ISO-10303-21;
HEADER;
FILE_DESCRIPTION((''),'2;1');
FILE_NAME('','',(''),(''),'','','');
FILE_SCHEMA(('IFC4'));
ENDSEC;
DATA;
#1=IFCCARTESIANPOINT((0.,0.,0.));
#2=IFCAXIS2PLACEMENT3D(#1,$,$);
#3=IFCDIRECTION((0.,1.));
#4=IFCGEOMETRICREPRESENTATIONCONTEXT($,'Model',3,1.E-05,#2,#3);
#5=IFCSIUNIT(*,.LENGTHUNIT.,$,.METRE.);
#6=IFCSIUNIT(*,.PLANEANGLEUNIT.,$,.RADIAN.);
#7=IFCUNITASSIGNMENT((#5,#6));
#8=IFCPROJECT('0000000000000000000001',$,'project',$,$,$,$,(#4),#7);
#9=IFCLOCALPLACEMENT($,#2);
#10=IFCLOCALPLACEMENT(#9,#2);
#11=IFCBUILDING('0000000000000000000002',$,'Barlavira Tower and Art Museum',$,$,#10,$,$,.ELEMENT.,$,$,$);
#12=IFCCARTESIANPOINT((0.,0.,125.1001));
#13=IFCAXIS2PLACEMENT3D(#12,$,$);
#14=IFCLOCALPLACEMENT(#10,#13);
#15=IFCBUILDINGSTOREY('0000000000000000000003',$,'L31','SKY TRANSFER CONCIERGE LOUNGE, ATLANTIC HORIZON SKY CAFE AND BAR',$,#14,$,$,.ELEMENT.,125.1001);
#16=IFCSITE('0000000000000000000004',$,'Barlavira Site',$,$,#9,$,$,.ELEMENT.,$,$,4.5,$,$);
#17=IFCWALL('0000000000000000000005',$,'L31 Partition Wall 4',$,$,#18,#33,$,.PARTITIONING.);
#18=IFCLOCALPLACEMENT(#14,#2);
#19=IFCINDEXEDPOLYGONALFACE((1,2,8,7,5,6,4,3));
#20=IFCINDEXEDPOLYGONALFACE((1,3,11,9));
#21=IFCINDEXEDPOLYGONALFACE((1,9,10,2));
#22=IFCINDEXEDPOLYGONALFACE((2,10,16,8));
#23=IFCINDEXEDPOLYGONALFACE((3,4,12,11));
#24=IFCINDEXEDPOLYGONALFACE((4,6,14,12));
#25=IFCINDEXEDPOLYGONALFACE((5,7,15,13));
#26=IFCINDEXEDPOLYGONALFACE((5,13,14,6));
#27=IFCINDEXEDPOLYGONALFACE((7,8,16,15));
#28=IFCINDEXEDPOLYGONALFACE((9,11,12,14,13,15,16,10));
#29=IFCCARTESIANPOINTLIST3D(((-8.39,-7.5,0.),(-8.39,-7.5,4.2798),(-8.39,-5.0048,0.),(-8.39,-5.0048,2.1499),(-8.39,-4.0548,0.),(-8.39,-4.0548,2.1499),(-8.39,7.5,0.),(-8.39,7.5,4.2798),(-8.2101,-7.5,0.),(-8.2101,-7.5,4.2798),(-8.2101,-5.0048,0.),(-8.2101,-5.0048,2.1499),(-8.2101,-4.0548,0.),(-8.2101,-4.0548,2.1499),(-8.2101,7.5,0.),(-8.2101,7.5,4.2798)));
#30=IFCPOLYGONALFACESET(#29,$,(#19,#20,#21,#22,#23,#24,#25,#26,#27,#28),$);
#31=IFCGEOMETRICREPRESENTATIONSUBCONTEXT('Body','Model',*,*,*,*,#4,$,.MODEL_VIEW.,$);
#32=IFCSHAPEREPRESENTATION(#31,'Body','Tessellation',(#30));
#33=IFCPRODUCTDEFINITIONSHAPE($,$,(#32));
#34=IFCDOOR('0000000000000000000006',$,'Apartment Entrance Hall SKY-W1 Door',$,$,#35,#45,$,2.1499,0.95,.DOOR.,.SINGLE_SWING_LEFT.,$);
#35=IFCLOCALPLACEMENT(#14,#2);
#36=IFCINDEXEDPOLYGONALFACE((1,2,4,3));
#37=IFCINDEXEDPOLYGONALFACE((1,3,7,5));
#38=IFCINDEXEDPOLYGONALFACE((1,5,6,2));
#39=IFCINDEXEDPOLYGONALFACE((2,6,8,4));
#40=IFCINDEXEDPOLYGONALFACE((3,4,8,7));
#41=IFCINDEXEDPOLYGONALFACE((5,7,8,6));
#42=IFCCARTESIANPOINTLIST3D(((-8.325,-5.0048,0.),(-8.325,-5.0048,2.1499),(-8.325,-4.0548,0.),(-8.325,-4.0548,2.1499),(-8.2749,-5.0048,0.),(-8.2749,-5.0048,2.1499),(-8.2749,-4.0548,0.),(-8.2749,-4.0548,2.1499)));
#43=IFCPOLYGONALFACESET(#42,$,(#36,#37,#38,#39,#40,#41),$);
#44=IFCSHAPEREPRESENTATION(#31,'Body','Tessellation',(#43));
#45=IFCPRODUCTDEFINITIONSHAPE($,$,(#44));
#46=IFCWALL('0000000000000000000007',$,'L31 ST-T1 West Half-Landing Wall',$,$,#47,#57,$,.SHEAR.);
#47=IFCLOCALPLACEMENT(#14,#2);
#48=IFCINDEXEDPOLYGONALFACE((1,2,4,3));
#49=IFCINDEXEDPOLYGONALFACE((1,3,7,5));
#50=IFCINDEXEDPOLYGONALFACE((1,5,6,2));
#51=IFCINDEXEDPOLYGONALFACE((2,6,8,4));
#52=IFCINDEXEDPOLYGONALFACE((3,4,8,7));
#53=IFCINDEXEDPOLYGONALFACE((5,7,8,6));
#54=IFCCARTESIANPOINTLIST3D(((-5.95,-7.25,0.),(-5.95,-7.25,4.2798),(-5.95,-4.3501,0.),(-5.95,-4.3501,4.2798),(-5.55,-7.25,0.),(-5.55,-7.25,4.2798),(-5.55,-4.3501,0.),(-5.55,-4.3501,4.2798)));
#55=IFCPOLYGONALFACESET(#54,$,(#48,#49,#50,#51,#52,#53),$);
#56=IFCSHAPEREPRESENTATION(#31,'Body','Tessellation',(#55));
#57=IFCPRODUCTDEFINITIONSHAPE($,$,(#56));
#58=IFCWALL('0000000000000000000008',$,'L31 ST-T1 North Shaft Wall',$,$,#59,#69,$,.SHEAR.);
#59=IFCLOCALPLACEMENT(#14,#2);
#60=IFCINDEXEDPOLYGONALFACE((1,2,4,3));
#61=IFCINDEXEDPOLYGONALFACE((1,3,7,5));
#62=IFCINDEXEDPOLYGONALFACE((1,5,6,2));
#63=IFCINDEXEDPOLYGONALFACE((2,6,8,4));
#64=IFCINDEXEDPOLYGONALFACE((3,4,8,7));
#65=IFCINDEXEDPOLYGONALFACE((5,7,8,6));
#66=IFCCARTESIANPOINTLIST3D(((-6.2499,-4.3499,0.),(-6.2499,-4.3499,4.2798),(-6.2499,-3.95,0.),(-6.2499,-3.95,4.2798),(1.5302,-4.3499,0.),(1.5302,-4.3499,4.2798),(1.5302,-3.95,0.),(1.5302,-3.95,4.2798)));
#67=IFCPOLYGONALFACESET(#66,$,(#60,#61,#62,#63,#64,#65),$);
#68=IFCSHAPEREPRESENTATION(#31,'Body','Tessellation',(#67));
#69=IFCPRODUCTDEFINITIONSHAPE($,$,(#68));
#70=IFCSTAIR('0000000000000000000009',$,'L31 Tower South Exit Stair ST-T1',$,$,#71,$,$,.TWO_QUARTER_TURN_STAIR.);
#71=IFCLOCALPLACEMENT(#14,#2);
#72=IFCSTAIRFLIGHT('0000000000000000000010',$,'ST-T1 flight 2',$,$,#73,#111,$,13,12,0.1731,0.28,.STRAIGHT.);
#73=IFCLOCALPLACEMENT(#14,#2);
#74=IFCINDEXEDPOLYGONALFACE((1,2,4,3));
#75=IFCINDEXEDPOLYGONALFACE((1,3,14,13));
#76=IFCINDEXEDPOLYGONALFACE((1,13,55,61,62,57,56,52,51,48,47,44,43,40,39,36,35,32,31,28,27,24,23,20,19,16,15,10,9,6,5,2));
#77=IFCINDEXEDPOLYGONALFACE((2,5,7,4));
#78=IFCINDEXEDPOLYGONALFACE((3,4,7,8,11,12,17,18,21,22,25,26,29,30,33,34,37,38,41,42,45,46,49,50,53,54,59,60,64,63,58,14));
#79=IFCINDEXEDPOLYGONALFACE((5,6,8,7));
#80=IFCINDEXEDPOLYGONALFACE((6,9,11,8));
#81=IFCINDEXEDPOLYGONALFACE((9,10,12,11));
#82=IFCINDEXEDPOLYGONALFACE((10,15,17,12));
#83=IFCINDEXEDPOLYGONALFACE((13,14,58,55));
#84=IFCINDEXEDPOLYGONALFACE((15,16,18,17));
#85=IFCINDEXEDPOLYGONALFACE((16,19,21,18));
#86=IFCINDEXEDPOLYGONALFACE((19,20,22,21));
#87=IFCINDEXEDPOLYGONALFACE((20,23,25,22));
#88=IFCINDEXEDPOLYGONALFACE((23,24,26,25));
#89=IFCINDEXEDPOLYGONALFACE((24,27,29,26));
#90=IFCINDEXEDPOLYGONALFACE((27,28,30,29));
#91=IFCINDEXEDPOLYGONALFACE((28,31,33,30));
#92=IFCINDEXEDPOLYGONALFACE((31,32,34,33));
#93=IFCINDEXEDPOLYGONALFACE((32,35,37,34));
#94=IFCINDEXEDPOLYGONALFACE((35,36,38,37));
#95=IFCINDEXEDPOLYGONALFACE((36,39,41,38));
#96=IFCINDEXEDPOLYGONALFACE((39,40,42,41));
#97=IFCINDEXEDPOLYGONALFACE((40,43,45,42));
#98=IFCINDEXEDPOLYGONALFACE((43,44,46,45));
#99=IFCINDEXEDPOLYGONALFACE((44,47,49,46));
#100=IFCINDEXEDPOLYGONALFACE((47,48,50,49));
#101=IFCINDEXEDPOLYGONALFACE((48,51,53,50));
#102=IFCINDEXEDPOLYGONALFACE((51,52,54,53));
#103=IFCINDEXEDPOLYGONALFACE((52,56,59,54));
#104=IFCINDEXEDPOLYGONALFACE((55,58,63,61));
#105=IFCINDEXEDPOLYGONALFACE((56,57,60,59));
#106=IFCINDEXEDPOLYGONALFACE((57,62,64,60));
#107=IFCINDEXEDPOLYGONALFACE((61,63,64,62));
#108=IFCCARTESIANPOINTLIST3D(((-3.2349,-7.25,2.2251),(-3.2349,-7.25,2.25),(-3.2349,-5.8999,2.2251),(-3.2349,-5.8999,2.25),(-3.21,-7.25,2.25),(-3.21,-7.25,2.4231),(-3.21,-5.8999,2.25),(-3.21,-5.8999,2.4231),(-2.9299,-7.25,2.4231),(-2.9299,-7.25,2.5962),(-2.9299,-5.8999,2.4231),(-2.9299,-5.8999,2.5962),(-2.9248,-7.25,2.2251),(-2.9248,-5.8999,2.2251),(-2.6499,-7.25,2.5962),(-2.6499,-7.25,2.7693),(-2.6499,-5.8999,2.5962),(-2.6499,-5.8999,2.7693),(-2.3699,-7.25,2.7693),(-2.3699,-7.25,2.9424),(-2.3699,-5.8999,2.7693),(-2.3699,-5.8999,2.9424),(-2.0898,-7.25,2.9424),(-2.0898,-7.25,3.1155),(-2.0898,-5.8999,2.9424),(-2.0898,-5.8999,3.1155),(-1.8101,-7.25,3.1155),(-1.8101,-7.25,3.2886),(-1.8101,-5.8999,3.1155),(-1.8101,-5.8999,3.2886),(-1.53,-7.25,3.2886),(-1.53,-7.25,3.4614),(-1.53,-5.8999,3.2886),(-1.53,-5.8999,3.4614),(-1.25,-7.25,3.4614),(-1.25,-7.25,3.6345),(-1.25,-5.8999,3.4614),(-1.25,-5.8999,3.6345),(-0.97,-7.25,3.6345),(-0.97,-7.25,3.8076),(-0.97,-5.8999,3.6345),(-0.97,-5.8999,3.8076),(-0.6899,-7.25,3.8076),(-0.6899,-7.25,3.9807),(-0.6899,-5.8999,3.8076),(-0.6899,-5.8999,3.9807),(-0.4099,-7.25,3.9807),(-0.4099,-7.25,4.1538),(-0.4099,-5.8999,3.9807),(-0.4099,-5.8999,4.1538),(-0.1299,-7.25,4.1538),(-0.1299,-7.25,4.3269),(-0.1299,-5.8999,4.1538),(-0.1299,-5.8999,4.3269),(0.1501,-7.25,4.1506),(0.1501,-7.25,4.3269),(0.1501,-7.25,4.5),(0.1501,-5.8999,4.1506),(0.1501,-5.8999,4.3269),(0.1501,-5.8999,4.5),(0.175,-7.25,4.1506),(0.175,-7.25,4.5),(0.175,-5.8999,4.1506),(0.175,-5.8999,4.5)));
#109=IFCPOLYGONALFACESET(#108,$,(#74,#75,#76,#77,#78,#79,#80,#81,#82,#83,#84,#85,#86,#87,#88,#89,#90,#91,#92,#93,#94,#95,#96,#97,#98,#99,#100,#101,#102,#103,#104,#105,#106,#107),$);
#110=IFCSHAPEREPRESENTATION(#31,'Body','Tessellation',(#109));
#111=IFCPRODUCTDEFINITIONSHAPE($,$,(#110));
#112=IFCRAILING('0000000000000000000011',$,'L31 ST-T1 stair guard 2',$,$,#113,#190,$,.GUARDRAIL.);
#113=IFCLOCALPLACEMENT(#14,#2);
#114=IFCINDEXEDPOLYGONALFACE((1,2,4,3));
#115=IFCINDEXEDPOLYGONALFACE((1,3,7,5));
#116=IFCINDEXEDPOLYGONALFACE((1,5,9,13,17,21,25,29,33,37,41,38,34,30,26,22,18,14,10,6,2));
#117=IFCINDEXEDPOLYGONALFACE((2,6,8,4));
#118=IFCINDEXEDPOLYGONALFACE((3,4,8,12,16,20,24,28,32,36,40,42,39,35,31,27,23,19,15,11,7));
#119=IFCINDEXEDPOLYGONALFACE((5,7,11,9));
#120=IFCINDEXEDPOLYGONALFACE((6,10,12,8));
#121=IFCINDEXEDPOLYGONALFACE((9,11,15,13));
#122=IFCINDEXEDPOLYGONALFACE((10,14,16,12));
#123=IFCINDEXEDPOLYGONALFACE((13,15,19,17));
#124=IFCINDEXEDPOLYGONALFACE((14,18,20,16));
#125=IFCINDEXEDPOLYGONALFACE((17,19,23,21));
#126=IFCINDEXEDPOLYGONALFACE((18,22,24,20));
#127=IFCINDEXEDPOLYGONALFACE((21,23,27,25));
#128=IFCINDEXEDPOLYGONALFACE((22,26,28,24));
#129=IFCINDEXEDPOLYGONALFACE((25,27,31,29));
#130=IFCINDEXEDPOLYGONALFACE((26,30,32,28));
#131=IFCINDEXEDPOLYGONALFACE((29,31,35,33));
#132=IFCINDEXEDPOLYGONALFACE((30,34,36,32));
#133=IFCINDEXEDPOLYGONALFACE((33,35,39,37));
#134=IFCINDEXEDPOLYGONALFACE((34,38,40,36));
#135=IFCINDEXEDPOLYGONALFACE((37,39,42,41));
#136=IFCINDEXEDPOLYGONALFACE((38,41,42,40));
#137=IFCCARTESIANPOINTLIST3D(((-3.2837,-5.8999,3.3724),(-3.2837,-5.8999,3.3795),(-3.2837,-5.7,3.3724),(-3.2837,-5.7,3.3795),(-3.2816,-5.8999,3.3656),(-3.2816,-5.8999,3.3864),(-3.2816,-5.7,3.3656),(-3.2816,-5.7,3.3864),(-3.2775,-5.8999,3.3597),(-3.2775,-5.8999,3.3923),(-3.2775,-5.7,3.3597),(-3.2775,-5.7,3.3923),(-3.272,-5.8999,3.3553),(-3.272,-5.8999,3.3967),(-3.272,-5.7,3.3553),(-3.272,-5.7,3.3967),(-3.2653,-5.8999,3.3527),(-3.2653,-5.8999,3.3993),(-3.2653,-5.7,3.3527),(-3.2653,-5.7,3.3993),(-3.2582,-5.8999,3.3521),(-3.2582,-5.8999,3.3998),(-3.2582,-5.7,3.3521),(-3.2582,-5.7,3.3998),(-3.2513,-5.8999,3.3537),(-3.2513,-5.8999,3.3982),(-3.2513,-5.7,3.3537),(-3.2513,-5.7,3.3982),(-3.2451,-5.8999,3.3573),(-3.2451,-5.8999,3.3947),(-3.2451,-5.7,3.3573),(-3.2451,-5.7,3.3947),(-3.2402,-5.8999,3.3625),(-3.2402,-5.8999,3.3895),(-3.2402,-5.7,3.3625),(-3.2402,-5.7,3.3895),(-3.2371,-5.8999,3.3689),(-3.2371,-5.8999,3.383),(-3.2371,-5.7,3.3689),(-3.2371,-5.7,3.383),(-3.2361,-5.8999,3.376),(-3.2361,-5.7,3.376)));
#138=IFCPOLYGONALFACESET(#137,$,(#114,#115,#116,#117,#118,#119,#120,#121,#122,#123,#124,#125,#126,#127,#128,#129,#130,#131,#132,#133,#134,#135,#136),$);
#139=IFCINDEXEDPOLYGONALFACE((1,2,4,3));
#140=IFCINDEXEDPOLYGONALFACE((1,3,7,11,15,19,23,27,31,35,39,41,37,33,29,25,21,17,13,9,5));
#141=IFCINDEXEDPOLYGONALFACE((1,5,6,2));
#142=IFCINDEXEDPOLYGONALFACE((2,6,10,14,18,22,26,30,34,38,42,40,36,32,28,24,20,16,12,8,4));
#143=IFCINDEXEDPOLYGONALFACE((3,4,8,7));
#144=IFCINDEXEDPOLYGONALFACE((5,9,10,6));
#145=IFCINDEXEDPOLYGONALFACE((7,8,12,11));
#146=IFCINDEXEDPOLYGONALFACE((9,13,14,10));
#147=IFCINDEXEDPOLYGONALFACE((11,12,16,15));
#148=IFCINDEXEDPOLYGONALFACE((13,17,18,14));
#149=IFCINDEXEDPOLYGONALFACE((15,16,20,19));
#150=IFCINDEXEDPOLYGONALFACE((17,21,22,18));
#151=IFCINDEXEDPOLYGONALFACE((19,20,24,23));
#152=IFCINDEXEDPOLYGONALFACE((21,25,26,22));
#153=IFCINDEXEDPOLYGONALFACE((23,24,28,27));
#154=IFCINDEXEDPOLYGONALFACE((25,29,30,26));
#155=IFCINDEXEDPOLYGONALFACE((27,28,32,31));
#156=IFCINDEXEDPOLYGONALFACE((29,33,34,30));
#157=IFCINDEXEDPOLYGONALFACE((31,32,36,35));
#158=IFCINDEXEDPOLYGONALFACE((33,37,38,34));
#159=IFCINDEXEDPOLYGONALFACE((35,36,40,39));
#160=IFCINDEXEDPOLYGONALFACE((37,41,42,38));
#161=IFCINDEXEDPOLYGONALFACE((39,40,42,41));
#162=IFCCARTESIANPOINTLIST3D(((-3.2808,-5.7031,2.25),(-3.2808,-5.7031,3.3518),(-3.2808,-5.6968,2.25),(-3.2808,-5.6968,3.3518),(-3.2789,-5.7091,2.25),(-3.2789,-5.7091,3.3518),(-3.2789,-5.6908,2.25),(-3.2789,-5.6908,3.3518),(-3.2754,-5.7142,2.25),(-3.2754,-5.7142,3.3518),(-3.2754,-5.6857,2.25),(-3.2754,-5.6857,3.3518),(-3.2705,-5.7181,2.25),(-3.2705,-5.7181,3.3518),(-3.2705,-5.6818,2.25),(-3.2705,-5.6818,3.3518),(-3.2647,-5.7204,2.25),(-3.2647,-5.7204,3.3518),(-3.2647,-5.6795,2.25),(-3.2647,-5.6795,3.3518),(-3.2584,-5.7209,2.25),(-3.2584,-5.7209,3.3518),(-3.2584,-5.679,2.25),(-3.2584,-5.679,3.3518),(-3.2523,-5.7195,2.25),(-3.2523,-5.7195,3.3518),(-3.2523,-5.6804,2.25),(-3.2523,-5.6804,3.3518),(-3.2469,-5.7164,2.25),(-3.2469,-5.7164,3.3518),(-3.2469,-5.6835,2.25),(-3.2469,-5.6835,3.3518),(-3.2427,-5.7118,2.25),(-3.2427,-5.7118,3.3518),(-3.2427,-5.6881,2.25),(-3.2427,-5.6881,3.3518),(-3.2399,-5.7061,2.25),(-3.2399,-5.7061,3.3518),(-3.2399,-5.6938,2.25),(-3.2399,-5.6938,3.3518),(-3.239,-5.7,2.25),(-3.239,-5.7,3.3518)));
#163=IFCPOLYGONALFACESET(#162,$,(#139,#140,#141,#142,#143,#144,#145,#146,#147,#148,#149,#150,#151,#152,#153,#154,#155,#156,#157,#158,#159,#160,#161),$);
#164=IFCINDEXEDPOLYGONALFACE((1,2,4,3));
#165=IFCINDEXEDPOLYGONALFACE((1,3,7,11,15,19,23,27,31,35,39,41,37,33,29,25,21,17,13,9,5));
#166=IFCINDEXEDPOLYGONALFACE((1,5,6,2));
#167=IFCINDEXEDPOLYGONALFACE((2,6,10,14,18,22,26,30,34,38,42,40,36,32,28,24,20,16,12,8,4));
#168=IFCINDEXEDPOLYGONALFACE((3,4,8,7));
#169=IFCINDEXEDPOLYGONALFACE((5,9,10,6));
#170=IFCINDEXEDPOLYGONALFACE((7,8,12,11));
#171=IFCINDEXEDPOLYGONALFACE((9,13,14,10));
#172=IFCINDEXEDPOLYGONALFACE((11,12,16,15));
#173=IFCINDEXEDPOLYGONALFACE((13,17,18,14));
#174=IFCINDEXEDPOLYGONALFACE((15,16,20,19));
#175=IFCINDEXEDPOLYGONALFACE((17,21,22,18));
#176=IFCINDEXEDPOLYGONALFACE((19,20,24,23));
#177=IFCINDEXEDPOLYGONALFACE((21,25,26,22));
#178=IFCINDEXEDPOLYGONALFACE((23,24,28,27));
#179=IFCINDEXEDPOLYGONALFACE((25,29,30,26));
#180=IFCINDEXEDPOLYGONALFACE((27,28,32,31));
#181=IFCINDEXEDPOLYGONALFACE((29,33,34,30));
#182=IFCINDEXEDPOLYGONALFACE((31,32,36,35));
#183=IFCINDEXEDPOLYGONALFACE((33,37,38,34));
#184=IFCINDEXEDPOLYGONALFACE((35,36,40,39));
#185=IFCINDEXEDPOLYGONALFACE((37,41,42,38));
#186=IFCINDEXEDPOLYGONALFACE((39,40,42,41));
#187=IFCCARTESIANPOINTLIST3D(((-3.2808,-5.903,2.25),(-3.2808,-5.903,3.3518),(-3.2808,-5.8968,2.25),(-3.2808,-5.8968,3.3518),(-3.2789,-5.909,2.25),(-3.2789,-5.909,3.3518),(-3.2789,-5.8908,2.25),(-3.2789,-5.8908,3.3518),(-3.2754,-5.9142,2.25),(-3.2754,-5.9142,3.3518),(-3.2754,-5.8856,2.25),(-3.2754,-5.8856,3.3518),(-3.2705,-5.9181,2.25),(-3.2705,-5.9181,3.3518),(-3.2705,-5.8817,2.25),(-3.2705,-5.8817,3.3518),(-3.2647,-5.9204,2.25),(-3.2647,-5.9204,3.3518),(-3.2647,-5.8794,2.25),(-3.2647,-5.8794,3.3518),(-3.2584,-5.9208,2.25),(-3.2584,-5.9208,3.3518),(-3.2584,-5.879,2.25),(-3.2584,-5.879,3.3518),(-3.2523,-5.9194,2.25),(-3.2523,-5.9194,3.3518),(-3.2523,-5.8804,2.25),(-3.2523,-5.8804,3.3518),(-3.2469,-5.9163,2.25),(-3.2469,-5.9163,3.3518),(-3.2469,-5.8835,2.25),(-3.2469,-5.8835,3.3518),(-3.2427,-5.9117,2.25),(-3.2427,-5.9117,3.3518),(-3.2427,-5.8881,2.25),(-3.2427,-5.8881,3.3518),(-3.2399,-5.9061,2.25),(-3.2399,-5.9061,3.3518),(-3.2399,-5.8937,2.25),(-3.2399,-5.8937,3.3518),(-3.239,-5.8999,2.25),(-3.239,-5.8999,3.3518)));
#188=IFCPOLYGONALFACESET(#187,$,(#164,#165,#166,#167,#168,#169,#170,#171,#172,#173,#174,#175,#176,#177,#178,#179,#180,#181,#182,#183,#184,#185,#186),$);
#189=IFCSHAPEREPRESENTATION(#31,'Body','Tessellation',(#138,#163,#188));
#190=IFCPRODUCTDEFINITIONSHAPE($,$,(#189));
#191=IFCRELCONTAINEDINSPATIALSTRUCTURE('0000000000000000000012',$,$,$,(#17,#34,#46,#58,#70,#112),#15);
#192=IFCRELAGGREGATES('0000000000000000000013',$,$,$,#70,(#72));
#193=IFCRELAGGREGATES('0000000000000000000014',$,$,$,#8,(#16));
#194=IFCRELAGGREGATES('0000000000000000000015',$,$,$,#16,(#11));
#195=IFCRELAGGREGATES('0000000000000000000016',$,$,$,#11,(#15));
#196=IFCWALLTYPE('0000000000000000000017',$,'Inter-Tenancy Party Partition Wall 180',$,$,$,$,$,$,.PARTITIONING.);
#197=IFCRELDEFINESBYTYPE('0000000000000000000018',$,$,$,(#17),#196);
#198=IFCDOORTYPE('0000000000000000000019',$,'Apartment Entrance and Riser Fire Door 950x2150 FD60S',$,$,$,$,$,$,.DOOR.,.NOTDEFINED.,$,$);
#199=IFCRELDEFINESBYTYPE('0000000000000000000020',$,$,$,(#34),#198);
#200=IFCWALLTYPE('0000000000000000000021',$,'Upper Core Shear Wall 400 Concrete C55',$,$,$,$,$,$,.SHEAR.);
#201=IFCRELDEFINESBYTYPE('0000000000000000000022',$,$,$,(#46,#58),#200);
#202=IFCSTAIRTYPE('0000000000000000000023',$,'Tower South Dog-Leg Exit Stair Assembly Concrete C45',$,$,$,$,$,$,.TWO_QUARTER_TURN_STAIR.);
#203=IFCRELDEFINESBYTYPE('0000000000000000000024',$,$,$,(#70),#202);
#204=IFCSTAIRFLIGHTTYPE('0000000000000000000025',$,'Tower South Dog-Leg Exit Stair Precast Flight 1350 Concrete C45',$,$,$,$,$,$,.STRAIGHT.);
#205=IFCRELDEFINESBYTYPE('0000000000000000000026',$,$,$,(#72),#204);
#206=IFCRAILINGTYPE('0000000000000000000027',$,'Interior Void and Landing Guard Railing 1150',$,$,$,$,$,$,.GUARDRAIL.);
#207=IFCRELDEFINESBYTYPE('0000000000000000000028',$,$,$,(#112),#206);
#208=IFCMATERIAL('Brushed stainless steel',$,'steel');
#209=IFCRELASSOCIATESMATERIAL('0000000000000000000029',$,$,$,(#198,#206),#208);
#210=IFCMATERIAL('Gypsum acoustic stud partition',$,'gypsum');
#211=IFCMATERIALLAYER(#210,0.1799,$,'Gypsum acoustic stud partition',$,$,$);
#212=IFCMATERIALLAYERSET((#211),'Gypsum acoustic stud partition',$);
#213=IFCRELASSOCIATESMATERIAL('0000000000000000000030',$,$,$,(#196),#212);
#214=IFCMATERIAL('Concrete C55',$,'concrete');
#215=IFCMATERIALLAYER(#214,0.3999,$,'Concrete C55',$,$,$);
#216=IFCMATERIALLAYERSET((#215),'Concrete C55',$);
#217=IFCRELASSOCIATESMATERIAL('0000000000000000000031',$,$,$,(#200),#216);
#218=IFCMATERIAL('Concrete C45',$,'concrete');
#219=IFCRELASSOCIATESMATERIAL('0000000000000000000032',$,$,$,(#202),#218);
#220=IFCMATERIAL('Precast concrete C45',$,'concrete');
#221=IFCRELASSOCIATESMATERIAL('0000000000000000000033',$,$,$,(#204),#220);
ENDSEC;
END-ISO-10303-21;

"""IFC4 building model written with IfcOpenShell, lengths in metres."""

from ifc_helpers import new_model, si_unit, direction, frame, frame_2d, origin, origin_2d, place, context, subcontext, project, spatial, polyline, rectangle, circle, outline, extrude, material, layer, layer_set, type_object, element, fill, aggregate, save


model = new_model("IFC4")

# Units and contexts
model_context = context("Model", 3, precision=1e-05, world=origin(), true_north=direction((0.0, 1.0)))
body_context = subcontext(model_context, "Body", "Model", "MODEL_VIEW")
ifc_project = project(units=[si_unit("LENGTHUNIT", "METRE"), si_unit("PLANEANGLEUNIT", "RADIAN")], contexts=[model_context])

# Site, building, storey
site_placement = place(None, origin())
site = spatial("IfcSite", under=ifc_project, at=site_placement, Name="Barlavira Site", CompositionType="ELEMENT", RefElevation=4.5)
building_placement = place(site_placement, origin())
building = spatial("IfcBuilding", under=site, at=building_placement, Name="Barlavira Tower and Art Museum", CompositionType="ELEMENT")
storey_placement = place(building_placement, frame((0.0, 0.0, 125.1001)))
storey = spatial("IfcBuildingStorey", under=building, at=storey_placement, Name="L31", Description="SKY TRANSFER CONCIERGE LOUNGE, ATLANTIC HORIZON SKY CAFE AND BAR", CompositionType="ELEMENT", Elevation=125.1001)

# Shared definitions
ifc_material_1 = material(Name="Brushed stainless steel", Category="steel")

# Shared definitions
door_type_1 = type_object("IfcDoorType", Name="Apartment Entrance and Riser Fire Door 950x2150 FD60S", OperationType="NOTDEFINED", PredefinedType="DOOR", material=ifc_material_1)

# Wall, opening, door
ifc_material_2 = material(Name="Gypsum acoustic stud partition", Category="gypsum")
ifc_layer_1 = layer(ifc_material_2, 0.1799, Name="Gypsum acoustic stud partition")
ifc_layer_set_1 = layer_set([ifc_layer_1], Name="Gypsum acoustic stud partition")
wall_type_1 = type_object("IfcWallType", Name="Inter-Tenancy Party Partition Wall 180", PredefinedType="PARTITIONING", material=ifc_layer_set_1)
wall_1_placement = place(storey_placement, frame((-8.3, -7.5, 0.0), z_axis=(0.0, 0.0, 1.0), x_axis=(0.0, 1.0, 0.0)))
wall_1 = element("IfcWall", 1, at=wall_1_placement, inside=storey, type_object=wall_type_1, Name="L31 Partition Wall 4", PredefinedType="PARTITIONING", context=body_context, shape_type="SweptSolid", body=[
    extrude(rectangle(XDim=15.0, YDim=0.1799, at=frame_2d((7.5, 0.0))), origin(), (0.0, 0.0, 1.0), 4.2798),
])
opening_1_placement = place(wall_1_placement, frame((2.4951, 0.0, 0.0)))
opening_1 = element("IfcOpeningElement", 2, at=opening_1_placement, cuts=wall_1, PredefinedType="OPENING", context=body_context, shape_type="SweptSolid", body=[
    extrude(rectangle(XDim=0.95, YDim=2.1499, at=frame_2d((0.4751, 1.075))), frame((0.0, 0.1001, 0.0), z_axis=(0.0, -1.0, 0.0), x_axis=(1.0, 0.0, 0.0)), (0.0, 0.0, 1.0), 0.2),
])
door_1_placement = place(opening_1_placement, origin())
door_1 = element("IfcDoor", 3, at=door_1_placement, inside=storey, type_object=door_type_1, Name="Apartment Entrance Hall SKY-W1 Door", OperationType="SINGLE_SWING_LEFT", OverallHeight=2.1499, OverallWidth=0.95, PredefinedType="DOOR", context=body_context, shape_type="SweptSolid", body=[
    extrude(rectangle(XDim=0.95, YDim=2.1499, at=frame_2d((0.4751, 1.075))), frame((0.0, 0.0249, 0.0), z_axis=(0.0, -1.0, 0.0), x_axis=(1.0, 0.0, 0.0)), (0.0, 0.0, 1.0), 0.05),
])
fill(opening_1, door_1)

# Walls
ifc_material_3 = material(Name="Concrete C55", Category="concrete")
ifc_layer_2 = layer(ifc_material_3, 0.3999, Name="Concrete C55")
ifc_layer_set_2 = layer_set([ifc_layer_2], Name="Concrete C55")
wall_type_2 = type_object("IfcWallType", Name="Upper Core Shear Wall 400 Concrete C55", PredefinedType="SHEAR", material=ifc_layer_set_2)
wall_2_placement = place(storey_placement, frame((-5.75, -7.25, 0.0), z_axis=(0.0, 0.0, 1.0), x_axis=(0.0, 1.0, 0.0)))
element("IfcWall", 4, at=wall_2_placement, inside=storey, type_object=wall_type_2, Name="L31 ST-T1 West Half-Landing Wall", PredefinedType="SHEAR", context=body_context, shape_type="SweptSolid", body=[
    extrude(rectangle(XDim=2.8999, YDim=0.3999, at=frame_2d((1.45, 0.0))), origin(), (0.0, 0.0, 1.0), 4.2798),
])
wall_3_placement = place(storey_placement, frame((-6.25, -4.1499, 0.0), z_axis=(0.0, 0.0, 1.0), x_axis=(1.0, 0.0, 0.0)))
element("IfcWall", 5, at=wall_3_placement, inside=storey, type_object=wall_type_2, Name="L31 ST-T1 North Shaft Wall", PredefinedType="SHEAR", context=body_context, shape_type="SweptSolid", body=[
    extrude(rectangle(XDim=7.78, YDim=0.3999, at=frame_2d((3.8901, 0.0))), origin(), (0.0, 0.0, 1.0), 4.2798),
])

# Stair, stair flight
ifc_material_4 = material(Name="Concrete C45", Category="concrete")
stair_type = type_object("IfcStairType", Name="Tower South Dog-Leg Exit Stair Assembly Concrete C45", PredefinedType="TWO_QUARTER_TURN_STAIR", material=ifc_material_4)
stair_placement = place(storey_placement, origin())
stair = element("IfcStair", 6, at=stair_placement, inside=storey, type_object=stair_type, Name="L31 Tower South Exit Stair ST-T1", PredefinedType="TWO_QUARTER_TURN_STAIR")
ifc_material_5 = material(Name="Precast concrete C45", Category="concrete")
stair_flight_type = type_object("IfcStairFlightType", Name="Tower South Dog-Leg Exit Stair Precast Flight 1350 Concrete C45", PredefinedType="STRAIGHT", material=ifc_material_5)
stair_flight_placement = place(storey_placement, frame((-3.21, -6.575, 2.25), z_axis=(0.0, 0.0, 1.0), x_axis=(1.0, 0.0, 0.0)))
stair_flight = element("IfcStairFlight", 7, at=stair_flight_placement, type_object=stair_flight_type, Name="ST-T1 flight 2", NumberOfRisers=13, NumberOfTreads=12, PredefinedType="STRAIGHT", RiserHeight=0.1731, TreadLength=0.28, context=body_context, shape_type="SweptSolid", body=[
    extrude(outline(polyline([(-0.0249, 0.0), (0.0, 0.0), (0.0, 0.1731), (0.28, 0.1731), (0.28, 0.3462), (0.5601, 0.3462), (0.5601, 0.5193), (0.8401, 0.5193), (0.8401, 0.6924), (1.1201, 0.6924), (1.1201, 0.8655), (1.3999, 0.8655), (1.3999, 1.0386), (1.6799, 1.0386), (1.6799, 1.2114), (1.96, 1.2114), (1.96, 1.3845), (2.24, 1.3845), (2.24, 1.5576), (2.52, 1.5576), (2.52, 1.7307), (2.8, 1.7307), (2.8, 1.9038), (3.0801, 1.9038), (3.0801, 2.0769), (3.3601, 2.0769), (3.3601, 2.25), (3.385, 2.25), (3.385, 1.9006), (3.3601, 1.9006), (0.2852, -0.0249), (-0.0249, -0.0249), (-0.0249, 0.0)])), frame((0.0, 0.675, 0.0), z_axis=(0.0, -1.0, 0.0), x_axis=(1.0, 0.0, 0.0)), (0.0, 0.0, 1.0), 1.3501),
])
aggregate(stair, [stair_flight])

# Railing
railing_type_1 = type_object("IfcRailingType", Name="Interior Void and Landing Guard Railing 1150", PredefinedType="GUARDRAIL", material=ifc_material_1)
railing_1_placement = place(storey_placement, frame((-3.26, -5.7, 2.25)))
element("IfcRailing", 8, at=railing_1_placement, inside=storey, type_object=railing_type_1, Name="L31 ST-T1 stair guard 2", PredefinedType="GUARDRAIL", context=body_context, shape_type="SweptSolid", body=[
    extrude(circle(Radius=0.0239, at=origin_2d()), frame((0.0, 0.0, 1.126), z_axis=(0.0, -1.0, 0.0), x_axis=(1.0, 0.0, 0.0)), (0.0, 0.0, 1.0), 0.2),
    extrude(circle(Radius=0.021, at=origin_2d()), origin(), (0.0, 0.0, 1.0), 1.1018),
    extrude(circle(Radius=0.021, at=origin_2d()), frame((0.0, -0.2, 0.0)), (0.0, 0.0, 1.0), 1.1018),
])

save(model, "model.ifc")
